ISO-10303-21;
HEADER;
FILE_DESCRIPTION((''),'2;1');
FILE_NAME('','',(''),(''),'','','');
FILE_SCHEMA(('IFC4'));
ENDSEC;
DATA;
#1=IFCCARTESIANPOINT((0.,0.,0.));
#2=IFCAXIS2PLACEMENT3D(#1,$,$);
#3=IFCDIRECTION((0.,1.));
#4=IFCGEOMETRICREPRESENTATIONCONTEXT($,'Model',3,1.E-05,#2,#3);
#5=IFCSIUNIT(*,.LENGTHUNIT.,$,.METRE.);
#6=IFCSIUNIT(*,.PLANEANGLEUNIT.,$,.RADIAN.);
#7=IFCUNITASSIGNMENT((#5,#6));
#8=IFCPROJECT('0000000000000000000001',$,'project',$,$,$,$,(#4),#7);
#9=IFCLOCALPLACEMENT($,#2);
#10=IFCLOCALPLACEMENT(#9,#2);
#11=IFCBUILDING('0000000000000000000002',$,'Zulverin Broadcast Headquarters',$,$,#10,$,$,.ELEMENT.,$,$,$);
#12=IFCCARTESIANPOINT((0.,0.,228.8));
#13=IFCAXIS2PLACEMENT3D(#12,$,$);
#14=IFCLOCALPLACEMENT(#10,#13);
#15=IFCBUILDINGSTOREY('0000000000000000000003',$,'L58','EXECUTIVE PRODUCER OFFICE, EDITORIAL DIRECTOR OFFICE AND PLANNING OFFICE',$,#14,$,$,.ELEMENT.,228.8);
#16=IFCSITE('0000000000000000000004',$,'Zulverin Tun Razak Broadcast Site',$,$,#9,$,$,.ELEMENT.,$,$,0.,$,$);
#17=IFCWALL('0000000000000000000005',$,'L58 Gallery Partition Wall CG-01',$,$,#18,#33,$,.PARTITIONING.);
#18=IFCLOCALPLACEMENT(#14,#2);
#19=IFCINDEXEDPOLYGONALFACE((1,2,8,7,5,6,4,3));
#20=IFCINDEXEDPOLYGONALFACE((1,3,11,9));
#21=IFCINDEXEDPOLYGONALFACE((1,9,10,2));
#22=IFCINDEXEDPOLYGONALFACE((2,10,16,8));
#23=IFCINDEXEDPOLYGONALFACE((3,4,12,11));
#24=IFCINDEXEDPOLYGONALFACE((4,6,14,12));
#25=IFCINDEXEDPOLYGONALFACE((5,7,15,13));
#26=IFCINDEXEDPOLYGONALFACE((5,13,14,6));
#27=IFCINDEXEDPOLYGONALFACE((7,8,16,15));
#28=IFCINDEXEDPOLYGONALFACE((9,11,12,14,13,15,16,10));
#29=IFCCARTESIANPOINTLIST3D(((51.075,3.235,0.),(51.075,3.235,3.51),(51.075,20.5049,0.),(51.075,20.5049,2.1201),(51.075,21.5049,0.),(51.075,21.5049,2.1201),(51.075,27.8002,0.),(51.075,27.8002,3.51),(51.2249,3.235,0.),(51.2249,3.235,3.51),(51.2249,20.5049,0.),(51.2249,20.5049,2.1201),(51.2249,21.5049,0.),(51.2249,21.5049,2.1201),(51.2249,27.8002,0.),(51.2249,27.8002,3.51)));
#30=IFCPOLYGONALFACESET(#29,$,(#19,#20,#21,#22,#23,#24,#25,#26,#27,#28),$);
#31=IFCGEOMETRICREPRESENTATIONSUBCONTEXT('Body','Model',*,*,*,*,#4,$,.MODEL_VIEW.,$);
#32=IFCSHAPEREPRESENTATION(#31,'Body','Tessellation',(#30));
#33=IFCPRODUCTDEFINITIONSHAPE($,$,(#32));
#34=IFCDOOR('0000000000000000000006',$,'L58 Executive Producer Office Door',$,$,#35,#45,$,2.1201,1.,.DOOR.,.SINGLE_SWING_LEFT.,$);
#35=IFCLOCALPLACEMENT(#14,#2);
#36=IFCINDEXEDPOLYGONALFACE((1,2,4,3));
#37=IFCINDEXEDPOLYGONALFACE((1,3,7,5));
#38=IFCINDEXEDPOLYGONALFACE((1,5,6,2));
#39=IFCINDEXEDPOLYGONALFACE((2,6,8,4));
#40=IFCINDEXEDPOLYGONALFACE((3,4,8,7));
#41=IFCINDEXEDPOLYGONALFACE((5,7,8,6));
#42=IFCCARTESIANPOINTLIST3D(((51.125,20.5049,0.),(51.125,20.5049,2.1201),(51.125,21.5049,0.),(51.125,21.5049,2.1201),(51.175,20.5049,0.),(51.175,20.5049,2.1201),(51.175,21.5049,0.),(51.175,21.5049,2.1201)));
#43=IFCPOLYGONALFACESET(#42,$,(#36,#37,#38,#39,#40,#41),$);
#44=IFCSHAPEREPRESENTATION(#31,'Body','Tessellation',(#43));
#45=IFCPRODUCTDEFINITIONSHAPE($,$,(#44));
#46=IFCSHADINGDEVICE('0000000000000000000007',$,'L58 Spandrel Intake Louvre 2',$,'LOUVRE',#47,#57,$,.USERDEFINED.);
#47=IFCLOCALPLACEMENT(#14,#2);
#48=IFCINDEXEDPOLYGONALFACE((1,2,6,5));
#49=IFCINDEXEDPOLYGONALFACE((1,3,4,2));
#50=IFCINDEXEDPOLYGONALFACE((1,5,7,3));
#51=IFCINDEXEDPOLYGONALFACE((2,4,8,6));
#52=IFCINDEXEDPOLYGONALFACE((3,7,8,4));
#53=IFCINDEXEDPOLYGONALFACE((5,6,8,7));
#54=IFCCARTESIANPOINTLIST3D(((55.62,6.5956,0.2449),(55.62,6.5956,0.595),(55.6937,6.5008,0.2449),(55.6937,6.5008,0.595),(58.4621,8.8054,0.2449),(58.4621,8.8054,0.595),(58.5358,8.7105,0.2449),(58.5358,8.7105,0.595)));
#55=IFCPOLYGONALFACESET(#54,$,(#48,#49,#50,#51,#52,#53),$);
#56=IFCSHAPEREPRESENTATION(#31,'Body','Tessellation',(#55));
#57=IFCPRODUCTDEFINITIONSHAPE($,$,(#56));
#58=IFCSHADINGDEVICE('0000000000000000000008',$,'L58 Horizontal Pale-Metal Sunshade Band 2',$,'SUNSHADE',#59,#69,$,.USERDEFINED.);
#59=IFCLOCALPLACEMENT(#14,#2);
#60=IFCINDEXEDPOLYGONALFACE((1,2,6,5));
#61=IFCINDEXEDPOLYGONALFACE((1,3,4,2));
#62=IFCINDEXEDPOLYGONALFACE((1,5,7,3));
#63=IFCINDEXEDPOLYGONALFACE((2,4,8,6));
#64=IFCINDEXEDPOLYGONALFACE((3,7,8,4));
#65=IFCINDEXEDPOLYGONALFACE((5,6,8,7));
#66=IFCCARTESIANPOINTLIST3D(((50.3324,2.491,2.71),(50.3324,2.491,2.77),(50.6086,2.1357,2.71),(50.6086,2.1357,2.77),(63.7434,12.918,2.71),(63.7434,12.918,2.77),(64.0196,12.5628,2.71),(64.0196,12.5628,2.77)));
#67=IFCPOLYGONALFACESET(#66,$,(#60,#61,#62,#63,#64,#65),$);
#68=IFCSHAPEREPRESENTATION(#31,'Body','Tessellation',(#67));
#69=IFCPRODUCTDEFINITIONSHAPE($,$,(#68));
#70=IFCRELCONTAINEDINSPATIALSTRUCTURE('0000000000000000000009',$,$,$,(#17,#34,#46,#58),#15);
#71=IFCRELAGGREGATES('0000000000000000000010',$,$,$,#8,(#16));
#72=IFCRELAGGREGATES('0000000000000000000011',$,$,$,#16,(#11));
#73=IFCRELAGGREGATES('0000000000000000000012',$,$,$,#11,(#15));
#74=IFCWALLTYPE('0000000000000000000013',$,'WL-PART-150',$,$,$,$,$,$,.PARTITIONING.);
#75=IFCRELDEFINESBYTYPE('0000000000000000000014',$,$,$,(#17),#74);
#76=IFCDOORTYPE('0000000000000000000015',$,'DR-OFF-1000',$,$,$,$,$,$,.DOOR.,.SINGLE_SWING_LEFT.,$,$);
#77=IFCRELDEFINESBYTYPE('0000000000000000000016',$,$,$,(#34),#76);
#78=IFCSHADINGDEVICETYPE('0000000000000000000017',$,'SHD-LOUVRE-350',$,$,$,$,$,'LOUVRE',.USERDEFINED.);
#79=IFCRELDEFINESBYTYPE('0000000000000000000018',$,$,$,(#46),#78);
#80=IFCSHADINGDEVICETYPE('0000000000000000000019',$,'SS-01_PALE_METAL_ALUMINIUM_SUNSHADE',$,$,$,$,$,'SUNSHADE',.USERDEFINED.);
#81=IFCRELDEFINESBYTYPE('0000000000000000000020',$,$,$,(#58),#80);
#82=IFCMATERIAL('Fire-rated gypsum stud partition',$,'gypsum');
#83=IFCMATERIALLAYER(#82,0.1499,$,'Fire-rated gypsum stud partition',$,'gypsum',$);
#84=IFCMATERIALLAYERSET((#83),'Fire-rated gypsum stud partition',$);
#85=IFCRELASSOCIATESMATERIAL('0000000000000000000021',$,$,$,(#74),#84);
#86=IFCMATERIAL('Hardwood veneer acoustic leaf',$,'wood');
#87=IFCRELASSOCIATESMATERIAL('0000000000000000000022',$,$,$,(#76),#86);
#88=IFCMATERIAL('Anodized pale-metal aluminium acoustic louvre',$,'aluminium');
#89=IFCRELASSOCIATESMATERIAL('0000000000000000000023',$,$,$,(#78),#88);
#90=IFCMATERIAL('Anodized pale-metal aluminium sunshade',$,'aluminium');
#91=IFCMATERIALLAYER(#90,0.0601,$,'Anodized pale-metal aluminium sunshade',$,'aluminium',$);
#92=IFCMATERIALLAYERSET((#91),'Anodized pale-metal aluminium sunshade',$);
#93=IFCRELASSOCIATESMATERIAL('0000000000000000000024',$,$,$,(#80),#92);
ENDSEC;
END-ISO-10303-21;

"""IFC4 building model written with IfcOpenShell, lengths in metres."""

from ifc_helpers import new_model, si_unit, direction, frame, frame_2d, origin, origin_2d, place, context, subcontext, project, spatial, rectangle, extrude, material, layer, layer_set, type_object, element, fill, save


model = new_model("IFC4")

# Units and contexts
model_context = context("Model", 3, precision=1e-05, world=origin(), true_north=direction((0.0, 1.0)))
body_context = subcontext(model_context, "Body", "Model", "MODEL_VIEW")
ifc_project = project(units=[si_unit("LENGTHUNIT", "METRE"), si_unit("PLANEANGLEUNIT", "RADIAN")], contexts=[model_context])

# Site, building, storey
site_placement = place(None, origin())
site = spatial("IfcSite", under=ifc_project, at=site_placement, Name="Zulverin Tun Razak Broadcast Site", CompositionType="ELEMENT", RefElevation=0.0)
building_placement = place(site_placement, origin())
building = spatial("IfcBuilding", under=site, at=building_placement, Name="Zulverin Broadcast Headquarters", CompositionType="ELEMENT")
storey_placement = place(building_placement, frame((0.0, 0.0, 228.8)))
storey = spatial("IfcBuildingStorey", under=building, at=storey_placement, Name="L58", Description="EXECUTIVE PRODUCER OFFICE, EDITORIAL DIRECTOR OFFICE AND PLANNING OFFICE", CompositionType="ELEMENT", Elevation=228.8)

# Wall, opening, door
ifc_material_1 = material(Name="Fire-rated gypsum stud partition", Category="gypsum")
ifc_layer_1 = layer(ifc_material_1, 0.1499, Name="Fire-rated gypsum stud partition", Category="gypsum")
ifc_layer_set_1 = layer_set([ifc_layer_1], Name="Fire-rated gypsum stud partition")
wall_type_1 = type_object("IfcWallType", Name="WL-PART-150", PredefinedType="PARTITIONING", material=ifc_layer_set_1)
wall_1_placement = place(storey_placement, frame((51.1499, 3.2349, 0.0), z_axis=(0.0, 0.0, 1.0), x_axis=(0.0, 1.0, 0.0)))
wall_1 = element("IfcWall", 1, at=wall_1_placement, inside=storey, type_object=wall_type_1, Name="L58 Gallery Partition Wall CG-01", PredefinedType="PARTITIONING", context=body_context, shape_type="SweptSolid", body=[
    extrude(rectangle(XDim=24.5652, YDim=0.1499, at=frame_2d((12.2827, 0.0))), origin(), (0.0, 0.0, 1.0), 3.51),
])
opening_1_placement = place(wall_1_placement, frame((17.27, 0.0, 0.0)))
opening_1 = element("IfcOpeningElement", 2, at=opening_1_placement, cuts=wall_1, PredefinedType="OPENING", context=body_context, shape_type="SweptSolid", body=[
    extrude(rectangle(XDim=1.0, YDim=2.1201, at=frame_2d((0.5, 1.0601))), frame((0.0, 0.085, 0.0), z_axis=(0.0, -1.0, 0.0), x_axis=(1.0, 0.0, 0.0)), (0.0, 0.0, 1.0), 0.1699),
])
ifc_material_2 = material(Name="Hardwood veneer acoustic leaf", Category="wood")
door_type = type_object("IfcDoorType", Name="DR-OFF-1000", OperationType="SINGLE_SWING_LEFT", PredefinedType="DOOR", material=ifc_material_2)
door_placement = place(opening_1_placement, origin())
door = element("IfcDoor", 3, at=door_placement, inside=storey, type_object=door_type, Name="L58 Executive Producer Office Door", OperationType="SINGLE_SWING_LEFT", OverallHeight=2.1201, OverallWidth=1.0, PredefinedType="DOOR", context=body_context, shape_type="SweptSolid", body=[
    extrude(rectangle(XDim=1.0, YDim=2.1201, at=frame_2d((0.5, 1.0601))), frame((0.0, 0.0249, 0.0), z_axis=(0.0, -1.0, 0.0), x_axis=(1.0, 0.0, 0.0)), (0.0, 0.0, 1.0), 0.05),
])
fill(opening_1, door)

# Shading devices
ifc_material_3 = material(Name="Anodized pale-metal aluminium acoustic louvre", Category="aluminium")
shading_device_type_1 = type_object("IfcShadingDeviceType", Name="SHD-LOUVRE-350", ElementType="LOUVRE", PredefinedType="USERDEFINED", material=ifc_material_3)
shading_device_1_placement = place(storey_placement, frame((57.0779, 7.6531, 0.2449), z_axis=(0.0, 0.0, 1.0), x_axis=(0.789459, 0.613803, 0.0)))
element("IfcShadingDevice", 4, at=shading_device_1_placement, inside=storey, type_object=shading_device_type_1, Name="L58 Spandrel Intake Louvre 2", ObjectType="LOUVRE", PredefinedType="USERDEFINED", context=body_context, shape_type="SweptSolid", body=[
    extrude(rectangle(XDim=3.6001, YDim=0.1201, at=origin_2d()), origin(), (0.0, 0.0, 1.0), 0.3501),
])
ifc_material_4 = material(Name="Anodized pale-metal aluminium sunshade", Category="aluminium")
ifc_layer_2 = layer(ifc_material_4, 0.0601, Name="Anodized pale-metal aluminium sunshade", Category="aluminium")
ifc_layer_set_2 = layer_set([ifc_layer_2], Name="Anodized pale-metal aluminium sunshade")
shading_device_type_2 = type_object("IfcShadingDeviceType", Name="SS-01_PALE_METAL_ALUMINIUM_SUNSHADE", ElementType="SUNSHADE", PredefinedType="USERDEFINED", material=ifc_layer_set_2)
shading_device_2_placement = place(storey_placement, frame((57.176, 7.5269, 2.71), z_axis=(0.0, 0.0, 1.0), x_axis=(0.789459, 0.613803, 0.0)))
element("IfcShadingDevice", 5, at=shading_device_2_placement, inside=storey, type_object=shading_device_type_2, Name="L58 Horizontal Pale-Metal Sunshade Band 2", ObjectType="SUNSHADE", PredefinedType="USERDEFINED", context=body_context, shape_type="SweptSolid", body=[
    extrude(rectangle(XDim=16.9875, YDim=0.45, at=origin_2d()), origin(), (0.0, 0.0, 1.0), 0.0601),
])

save(model, "model.ifc")
